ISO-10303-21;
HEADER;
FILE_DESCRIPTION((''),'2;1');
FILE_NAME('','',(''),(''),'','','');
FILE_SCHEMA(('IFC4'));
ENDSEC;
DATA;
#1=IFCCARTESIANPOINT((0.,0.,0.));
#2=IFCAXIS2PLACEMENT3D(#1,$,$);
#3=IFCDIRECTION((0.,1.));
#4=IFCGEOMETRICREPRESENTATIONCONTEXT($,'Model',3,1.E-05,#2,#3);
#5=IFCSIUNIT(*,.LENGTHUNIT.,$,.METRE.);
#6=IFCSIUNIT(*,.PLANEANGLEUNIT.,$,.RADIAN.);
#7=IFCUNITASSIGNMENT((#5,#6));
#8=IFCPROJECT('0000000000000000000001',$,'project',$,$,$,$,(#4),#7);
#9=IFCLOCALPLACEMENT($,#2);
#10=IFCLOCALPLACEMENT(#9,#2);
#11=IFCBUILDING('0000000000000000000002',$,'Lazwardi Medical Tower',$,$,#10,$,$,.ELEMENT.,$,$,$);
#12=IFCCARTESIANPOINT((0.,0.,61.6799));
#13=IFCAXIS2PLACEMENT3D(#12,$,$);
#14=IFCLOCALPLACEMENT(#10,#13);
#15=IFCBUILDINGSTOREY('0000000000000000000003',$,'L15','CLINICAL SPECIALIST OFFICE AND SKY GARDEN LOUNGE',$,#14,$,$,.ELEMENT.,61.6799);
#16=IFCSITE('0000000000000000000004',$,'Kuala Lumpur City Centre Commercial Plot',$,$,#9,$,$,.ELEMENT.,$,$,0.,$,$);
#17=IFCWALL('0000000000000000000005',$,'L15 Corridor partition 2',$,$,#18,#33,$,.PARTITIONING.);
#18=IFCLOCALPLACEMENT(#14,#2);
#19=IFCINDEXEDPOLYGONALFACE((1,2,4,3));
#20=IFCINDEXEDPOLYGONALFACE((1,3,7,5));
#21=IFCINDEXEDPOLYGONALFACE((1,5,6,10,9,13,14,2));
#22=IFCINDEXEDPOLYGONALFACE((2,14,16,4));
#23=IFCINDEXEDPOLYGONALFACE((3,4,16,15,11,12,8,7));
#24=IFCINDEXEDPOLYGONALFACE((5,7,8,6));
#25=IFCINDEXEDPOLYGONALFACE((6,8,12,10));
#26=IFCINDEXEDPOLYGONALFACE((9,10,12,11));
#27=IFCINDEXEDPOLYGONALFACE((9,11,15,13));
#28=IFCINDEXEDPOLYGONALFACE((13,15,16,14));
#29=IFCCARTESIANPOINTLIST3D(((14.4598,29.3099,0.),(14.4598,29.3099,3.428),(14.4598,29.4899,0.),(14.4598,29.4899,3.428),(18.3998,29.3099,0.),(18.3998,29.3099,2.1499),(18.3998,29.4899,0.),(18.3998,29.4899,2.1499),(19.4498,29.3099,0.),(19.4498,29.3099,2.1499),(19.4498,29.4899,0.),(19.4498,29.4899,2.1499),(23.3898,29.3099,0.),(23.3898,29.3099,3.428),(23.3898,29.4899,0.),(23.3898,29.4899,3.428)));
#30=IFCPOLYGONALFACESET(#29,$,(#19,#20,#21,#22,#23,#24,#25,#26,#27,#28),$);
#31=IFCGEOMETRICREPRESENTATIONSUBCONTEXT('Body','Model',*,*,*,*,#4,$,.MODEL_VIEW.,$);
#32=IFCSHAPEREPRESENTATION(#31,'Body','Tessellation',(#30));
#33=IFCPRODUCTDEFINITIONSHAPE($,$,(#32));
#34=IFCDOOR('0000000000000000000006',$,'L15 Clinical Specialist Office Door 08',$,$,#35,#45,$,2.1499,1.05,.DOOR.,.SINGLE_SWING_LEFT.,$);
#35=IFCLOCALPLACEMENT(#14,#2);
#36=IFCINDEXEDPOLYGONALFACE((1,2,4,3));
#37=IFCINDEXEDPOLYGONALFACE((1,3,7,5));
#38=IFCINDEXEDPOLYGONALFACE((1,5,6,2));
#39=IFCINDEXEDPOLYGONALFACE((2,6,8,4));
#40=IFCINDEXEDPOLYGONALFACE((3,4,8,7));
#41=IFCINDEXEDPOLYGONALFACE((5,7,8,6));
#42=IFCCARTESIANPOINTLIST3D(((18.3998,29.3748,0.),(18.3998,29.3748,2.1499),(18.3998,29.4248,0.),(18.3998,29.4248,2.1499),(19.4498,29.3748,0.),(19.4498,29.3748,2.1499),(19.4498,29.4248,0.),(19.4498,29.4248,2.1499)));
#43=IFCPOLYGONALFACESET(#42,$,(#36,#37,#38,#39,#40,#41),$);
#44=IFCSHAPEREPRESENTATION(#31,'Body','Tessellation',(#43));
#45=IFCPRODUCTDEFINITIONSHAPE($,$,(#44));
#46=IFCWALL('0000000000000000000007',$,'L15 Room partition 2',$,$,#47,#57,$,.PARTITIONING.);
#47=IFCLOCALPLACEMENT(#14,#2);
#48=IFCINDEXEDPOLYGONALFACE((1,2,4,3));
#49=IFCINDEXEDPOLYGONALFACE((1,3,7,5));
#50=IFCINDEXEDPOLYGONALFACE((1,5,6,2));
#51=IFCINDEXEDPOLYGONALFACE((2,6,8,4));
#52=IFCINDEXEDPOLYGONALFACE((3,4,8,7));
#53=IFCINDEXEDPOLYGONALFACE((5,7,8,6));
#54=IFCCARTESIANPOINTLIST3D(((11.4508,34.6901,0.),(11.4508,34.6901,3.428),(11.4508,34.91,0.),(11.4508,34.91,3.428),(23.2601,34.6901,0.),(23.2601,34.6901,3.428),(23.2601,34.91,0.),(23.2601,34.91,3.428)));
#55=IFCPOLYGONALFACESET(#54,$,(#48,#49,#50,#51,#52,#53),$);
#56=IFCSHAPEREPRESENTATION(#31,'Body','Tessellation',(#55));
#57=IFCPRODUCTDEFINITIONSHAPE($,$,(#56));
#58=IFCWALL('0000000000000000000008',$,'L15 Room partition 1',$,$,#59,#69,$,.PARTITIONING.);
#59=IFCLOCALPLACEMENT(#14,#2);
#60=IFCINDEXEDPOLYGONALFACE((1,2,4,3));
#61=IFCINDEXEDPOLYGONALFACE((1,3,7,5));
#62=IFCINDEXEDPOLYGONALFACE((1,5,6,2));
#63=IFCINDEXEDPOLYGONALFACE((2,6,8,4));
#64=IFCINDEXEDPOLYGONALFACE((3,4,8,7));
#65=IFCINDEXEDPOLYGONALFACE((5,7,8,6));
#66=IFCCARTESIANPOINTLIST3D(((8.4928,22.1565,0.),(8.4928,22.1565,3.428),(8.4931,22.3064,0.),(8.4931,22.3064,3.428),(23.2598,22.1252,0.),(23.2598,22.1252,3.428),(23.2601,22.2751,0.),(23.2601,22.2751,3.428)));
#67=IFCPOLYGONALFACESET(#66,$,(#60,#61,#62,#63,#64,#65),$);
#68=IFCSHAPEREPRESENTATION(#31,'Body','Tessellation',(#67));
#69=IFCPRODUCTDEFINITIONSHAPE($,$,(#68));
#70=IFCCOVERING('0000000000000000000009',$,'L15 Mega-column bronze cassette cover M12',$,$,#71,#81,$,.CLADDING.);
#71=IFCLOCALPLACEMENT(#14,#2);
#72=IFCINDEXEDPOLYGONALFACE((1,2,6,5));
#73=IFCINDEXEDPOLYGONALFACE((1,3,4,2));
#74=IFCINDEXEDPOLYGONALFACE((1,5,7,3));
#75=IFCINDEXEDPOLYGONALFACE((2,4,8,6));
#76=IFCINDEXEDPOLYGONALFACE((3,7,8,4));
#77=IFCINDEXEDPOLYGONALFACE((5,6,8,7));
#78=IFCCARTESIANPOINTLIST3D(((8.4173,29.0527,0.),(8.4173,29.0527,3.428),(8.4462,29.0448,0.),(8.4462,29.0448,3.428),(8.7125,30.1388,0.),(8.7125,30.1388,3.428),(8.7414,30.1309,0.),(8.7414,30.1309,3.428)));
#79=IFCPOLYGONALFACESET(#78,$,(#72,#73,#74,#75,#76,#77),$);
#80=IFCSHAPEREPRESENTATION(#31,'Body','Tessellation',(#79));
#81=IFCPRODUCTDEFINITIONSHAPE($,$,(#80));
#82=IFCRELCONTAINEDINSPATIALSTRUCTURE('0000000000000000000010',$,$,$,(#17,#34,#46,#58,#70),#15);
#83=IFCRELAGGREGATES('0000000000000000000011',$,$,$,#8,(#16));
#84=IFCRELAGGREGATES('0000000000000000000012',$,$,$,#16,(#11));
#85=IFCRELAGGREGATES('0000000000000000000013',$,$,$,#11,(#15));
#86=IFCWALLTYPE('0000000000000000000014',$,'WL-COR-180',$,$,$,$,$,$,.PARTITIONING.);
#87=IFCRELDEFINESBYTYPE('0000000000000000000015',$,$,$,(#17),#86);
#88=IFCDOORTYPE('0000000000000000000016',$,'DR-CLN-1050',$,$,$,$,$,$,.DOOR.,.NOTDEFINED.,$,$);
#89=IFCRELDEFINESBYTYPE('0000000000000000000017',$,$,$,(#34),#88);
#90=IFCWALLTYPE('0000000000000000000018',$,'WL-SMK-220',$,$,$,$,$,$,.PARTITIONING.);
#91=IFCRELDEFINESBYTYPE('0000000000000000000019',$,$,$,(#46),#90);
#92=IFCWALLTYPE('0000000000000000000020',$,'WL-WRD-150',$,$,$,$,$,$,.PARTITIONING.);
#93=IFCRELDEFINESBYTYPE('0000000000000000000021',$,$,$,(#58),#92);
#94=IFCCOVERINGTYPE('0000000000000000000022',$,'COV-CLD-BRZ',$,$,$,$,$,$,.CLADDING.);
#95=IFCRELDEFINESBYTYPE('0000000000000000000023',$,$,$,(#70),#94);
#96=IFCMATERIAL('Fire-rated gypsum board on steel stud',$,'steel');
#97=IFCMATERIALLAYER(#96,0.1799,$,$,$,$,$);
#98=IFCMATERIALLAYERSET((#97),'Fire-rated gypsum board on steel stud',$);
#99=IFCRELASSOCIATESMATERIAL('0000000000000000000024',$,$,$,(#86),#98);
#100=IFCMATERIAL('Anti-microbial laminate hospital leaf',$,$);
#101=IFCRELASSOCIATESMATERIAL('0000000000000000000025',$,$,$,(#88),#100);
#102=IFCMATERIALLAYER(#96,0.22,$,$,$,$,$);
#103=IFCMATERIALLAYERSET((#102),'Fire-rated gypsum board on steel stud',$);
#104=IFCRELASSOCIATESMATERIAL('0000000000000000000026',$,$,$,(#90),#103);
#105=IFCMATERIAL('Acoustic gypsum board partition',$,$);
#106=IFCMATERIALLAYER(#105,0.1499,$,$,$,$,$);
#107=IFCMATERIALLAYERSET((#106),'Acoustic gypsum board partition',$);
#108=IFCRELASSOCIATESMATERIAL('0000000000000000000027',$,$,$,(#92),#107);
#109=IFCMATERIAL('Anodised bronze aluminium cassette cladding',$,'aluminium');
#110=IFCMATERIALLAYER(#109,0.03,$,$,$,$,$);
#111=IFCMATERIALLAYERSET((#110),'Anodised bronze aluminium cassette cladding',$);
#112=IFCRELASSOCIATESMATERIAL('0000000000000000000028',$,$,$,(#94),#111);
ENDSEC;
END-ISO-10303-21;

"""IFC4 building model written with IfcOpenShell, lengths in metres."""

from ifc_helpers import new_model, si_unit, direction, frame, frame_2d, origin, origin_2d, place, context, subcontext, project, spatial, rectangle, extrude, material, layer, layer_set, type_object, element, fill, save


model = new_model("IFC4")

# Units and contexts
model_context = context("Model", 3, precision=1e-05, world=origin(), true_north=direction((0.0, 1.0)))
body_context = subcontext(model_context, "Body", "Model", "MODEL_VIEW")
ifc_project = project(units=[si_unit("LENGTHUNIT", "METRE"), si_unit("PLANEANGLEUNIT", "RADIAN")], contexts=[model_context])

# Site, building, storey
site_placement = place(None, origin())
site = spatial("IfcSite", under=ifc_project, at=site_placement, Name="Kuala Lumpur City Centre Commercial Plot", CompositionType="ELEMENT", RefElevation=0.0)
building_placement = place(site_placement, origin())
building = spatial("IfcBuilding", under=site, at=building_placement, Name="Lazwardi Medical Tower", CompositionType="ELEMENT")
storey_placement = place(building_placement, frame((0.0, 0.0, 61.6799)))
storey = spatial("IfcBuildingStorey", under=building, at=storey_placement, Name="L15", Description="CLINICAL SPECIALIST OFFICE AND SKY GARDEN LOUNGE", CompositionType="ELEMENT", Elevation=61.6799)

# Shared definitions
ifc_material_1 = material(Name="Fire-rated gypsum board on steel stud", Category="steel")
ifc_layer_1 = layer(ifc_material_1, 0.1799)
ifc_layer_set_1 = layer_set([ifc_layer_1], Name="Fire-rated gypsum board on steel stud")
wall_type_1 = type_object("IfcWallType", Name="WL-COR-180", PredefinedType="PARTITIONING", material=ifc_layer_set_1)

# Wall, opening, door
wall_1_placement = place(storey_placement, frame((14.46, 29.3999, 0.0), z_axis=(0.0, 0.0, 1.0), x_axis=(1.0, 0.0, 0.0)))
wall_1 = element("IfcWall", 1, at=wall_1_placement, inside=storey, type_object=wall_type_1, Name="L15 Corridor partition 2", PredefinedType="PARTITIONING", context=body_context, shape_type="SweptSolid", body=[
    extrude(rectangle(XDim=8.9299, YDim=0.1799, at=frame_2d((4.4648, 0.0))), origin(), (0.0, 0.0, 1.0), 3.428),
])
opening_placement = place(wall_1_placement, frame((3.9399, 0.0, 0.0)))
opening = element("IfcOpeningElement", 2, at=opening_placement, cuts=wall_1, PredefinedType="OPENING", context=body_context, shape_type="SweptSolid", body=[
    extrude(rectangle(XDim=1.05, YDim=2.1499, at=frame_2d((0.5249, 1.075))), frame((0.0, 0.0999, 0.0), z_axis=(0.0, -1.0, 0.0), x_axis=(1.0, 0.0, 0.0)), (0.0, 0.0, 1.0), 0.2),
])
ifc_material_2 = material(Name="Anti-microbial laminate hospital leaf")
door_type = type_object("IfcDoorType", Name="DR-CLN-1050", OperationType="NOTDEFINED", PredefinedType="DOOR", material=ifc_material_2)
door_placement = place(opening_placement, origin())
door = element("IfcDoor", 3, at=door_placement, inside=storey, type_object=door_type, Name="L15 Clinical Specialist Office Door 08", OperationType="SINGLE_SWING_LEFT", OverallHeight=2.1499, OverallWidth=1.05, PredefinedType="DOOR", context=body_context, shape_type="SweptSolid", body=[
    extrude(rectangle(XDim=1.05, YDim=2.1499, at=frame_2d((0.5249, 1.075))), frame((0.0, 0.0249, 0.0), z_axis=(0.0, -1.0, 0.0), x_axis=(1.0, 0.0, 0.0)), (0.0, 0.0, 1.0), 0.05),
])
fill(opening, door)

# Walls
ifc_layer_2 = layer(ifc_material_1, 0.22)
ifc_layer_set_2 = layer_set([ifc_layer_2], Name="Fire-rated gypsum board on steel stud")
wall_type_2 = type_object("IfcWallType", Name="WL-SMK-220", PredefinedType="PARTITIONING", material=ifc_layer_set_2)
wall_2_placement = place(storey_placement, frame((11.4507, 34.8, 0.0), z_axis=(0.0, 0.0, 1.0), x_axis=(1.0, 0.0, 0.0)))
element("IfcWall", 4, at=wall_2_placement, inside=storey, type_object=wall_type_2, Name="L15 Room partition 2", PredefinedType="PARTITIONING", context=body_context, shape_type="SweptSolid", body=[
    extrude(rectangle(XDim=11.8093, YDim=0.22, at=frame_2d((5.9048, 0.0))), origin(), (0.0, 0.0, 1.0), 3.428),
])
ifc_material_3 = material(Name="Acoustic gypsum board partition")
ifc_layer_3 = layer(ifc_material_3, 0.1499)
ifc_layer_set_3 = layer_set([ifc_layer_3], Name="Acoustic gypsum board partition")
wall_type_3 = type_object("IfcWallType", Name="WL-WRD-150", PredefinedType="PARTITIONING", material=ifc_layer_set_3)
wall_3_placement = place(storey_placement, frame((8.4929, 22.2314, 0.0), z_axis=(0.0, 0.0, 1.0), x_axis=(0.999998, -0.002116, 0.0)))
element("IfcWall", 5, at=wall_3_placement, inside=storey, type_object=wall_type_3, Name="L15 Room partition 1", PredefinedType="PARTITIONING", context=body_context, shape_type="SweptSolid", body=[
    extrude(rectangle(XDim=14.7671, YDim=0.1499, at=frame_2d((7.3835, 0.0))), origin(), (0.0, 0.0, 1.0), 3.428),
])

# Covering
ifc_material_4 = material(Name="Anodised bronze aluminium cassette cladding", Category="aluminium")
ifc_layer_4 = layer(ifc_material_4, 0.03)
ifc_layer_set_4 = layer_set([ifc_layer_4], Name="Anodised bronze aluminium cassette cladding")
covering_type = type_object("IfcCoveringType", Name="COV-CLD-BRZ", PredefinedType="CLADDING", material=ifc_layer_set_4)
covering_placement = place(storey_placement, frame((8.5793, 29.5918, 0.0), z_axis=(0.0, 0.0, 1.0), x_axis=(-0.262283, -0.964991, 0.0)))
element("IfcCovering", 6, at=covering_placement, inside=storey, type_object=covering_type, Name="L15 Mega-column bronze cassette cover M12", PredefinedType="CLADDING", context=body_context, shape_type="SweptSolid", body=[
    extrude(rectangle(XDim=1.1255, YDim=0.03, at=origin_2d()), origin(), (0.0, 0.0, 1.0), 3.428),
])

save(model, "model.ifc")
